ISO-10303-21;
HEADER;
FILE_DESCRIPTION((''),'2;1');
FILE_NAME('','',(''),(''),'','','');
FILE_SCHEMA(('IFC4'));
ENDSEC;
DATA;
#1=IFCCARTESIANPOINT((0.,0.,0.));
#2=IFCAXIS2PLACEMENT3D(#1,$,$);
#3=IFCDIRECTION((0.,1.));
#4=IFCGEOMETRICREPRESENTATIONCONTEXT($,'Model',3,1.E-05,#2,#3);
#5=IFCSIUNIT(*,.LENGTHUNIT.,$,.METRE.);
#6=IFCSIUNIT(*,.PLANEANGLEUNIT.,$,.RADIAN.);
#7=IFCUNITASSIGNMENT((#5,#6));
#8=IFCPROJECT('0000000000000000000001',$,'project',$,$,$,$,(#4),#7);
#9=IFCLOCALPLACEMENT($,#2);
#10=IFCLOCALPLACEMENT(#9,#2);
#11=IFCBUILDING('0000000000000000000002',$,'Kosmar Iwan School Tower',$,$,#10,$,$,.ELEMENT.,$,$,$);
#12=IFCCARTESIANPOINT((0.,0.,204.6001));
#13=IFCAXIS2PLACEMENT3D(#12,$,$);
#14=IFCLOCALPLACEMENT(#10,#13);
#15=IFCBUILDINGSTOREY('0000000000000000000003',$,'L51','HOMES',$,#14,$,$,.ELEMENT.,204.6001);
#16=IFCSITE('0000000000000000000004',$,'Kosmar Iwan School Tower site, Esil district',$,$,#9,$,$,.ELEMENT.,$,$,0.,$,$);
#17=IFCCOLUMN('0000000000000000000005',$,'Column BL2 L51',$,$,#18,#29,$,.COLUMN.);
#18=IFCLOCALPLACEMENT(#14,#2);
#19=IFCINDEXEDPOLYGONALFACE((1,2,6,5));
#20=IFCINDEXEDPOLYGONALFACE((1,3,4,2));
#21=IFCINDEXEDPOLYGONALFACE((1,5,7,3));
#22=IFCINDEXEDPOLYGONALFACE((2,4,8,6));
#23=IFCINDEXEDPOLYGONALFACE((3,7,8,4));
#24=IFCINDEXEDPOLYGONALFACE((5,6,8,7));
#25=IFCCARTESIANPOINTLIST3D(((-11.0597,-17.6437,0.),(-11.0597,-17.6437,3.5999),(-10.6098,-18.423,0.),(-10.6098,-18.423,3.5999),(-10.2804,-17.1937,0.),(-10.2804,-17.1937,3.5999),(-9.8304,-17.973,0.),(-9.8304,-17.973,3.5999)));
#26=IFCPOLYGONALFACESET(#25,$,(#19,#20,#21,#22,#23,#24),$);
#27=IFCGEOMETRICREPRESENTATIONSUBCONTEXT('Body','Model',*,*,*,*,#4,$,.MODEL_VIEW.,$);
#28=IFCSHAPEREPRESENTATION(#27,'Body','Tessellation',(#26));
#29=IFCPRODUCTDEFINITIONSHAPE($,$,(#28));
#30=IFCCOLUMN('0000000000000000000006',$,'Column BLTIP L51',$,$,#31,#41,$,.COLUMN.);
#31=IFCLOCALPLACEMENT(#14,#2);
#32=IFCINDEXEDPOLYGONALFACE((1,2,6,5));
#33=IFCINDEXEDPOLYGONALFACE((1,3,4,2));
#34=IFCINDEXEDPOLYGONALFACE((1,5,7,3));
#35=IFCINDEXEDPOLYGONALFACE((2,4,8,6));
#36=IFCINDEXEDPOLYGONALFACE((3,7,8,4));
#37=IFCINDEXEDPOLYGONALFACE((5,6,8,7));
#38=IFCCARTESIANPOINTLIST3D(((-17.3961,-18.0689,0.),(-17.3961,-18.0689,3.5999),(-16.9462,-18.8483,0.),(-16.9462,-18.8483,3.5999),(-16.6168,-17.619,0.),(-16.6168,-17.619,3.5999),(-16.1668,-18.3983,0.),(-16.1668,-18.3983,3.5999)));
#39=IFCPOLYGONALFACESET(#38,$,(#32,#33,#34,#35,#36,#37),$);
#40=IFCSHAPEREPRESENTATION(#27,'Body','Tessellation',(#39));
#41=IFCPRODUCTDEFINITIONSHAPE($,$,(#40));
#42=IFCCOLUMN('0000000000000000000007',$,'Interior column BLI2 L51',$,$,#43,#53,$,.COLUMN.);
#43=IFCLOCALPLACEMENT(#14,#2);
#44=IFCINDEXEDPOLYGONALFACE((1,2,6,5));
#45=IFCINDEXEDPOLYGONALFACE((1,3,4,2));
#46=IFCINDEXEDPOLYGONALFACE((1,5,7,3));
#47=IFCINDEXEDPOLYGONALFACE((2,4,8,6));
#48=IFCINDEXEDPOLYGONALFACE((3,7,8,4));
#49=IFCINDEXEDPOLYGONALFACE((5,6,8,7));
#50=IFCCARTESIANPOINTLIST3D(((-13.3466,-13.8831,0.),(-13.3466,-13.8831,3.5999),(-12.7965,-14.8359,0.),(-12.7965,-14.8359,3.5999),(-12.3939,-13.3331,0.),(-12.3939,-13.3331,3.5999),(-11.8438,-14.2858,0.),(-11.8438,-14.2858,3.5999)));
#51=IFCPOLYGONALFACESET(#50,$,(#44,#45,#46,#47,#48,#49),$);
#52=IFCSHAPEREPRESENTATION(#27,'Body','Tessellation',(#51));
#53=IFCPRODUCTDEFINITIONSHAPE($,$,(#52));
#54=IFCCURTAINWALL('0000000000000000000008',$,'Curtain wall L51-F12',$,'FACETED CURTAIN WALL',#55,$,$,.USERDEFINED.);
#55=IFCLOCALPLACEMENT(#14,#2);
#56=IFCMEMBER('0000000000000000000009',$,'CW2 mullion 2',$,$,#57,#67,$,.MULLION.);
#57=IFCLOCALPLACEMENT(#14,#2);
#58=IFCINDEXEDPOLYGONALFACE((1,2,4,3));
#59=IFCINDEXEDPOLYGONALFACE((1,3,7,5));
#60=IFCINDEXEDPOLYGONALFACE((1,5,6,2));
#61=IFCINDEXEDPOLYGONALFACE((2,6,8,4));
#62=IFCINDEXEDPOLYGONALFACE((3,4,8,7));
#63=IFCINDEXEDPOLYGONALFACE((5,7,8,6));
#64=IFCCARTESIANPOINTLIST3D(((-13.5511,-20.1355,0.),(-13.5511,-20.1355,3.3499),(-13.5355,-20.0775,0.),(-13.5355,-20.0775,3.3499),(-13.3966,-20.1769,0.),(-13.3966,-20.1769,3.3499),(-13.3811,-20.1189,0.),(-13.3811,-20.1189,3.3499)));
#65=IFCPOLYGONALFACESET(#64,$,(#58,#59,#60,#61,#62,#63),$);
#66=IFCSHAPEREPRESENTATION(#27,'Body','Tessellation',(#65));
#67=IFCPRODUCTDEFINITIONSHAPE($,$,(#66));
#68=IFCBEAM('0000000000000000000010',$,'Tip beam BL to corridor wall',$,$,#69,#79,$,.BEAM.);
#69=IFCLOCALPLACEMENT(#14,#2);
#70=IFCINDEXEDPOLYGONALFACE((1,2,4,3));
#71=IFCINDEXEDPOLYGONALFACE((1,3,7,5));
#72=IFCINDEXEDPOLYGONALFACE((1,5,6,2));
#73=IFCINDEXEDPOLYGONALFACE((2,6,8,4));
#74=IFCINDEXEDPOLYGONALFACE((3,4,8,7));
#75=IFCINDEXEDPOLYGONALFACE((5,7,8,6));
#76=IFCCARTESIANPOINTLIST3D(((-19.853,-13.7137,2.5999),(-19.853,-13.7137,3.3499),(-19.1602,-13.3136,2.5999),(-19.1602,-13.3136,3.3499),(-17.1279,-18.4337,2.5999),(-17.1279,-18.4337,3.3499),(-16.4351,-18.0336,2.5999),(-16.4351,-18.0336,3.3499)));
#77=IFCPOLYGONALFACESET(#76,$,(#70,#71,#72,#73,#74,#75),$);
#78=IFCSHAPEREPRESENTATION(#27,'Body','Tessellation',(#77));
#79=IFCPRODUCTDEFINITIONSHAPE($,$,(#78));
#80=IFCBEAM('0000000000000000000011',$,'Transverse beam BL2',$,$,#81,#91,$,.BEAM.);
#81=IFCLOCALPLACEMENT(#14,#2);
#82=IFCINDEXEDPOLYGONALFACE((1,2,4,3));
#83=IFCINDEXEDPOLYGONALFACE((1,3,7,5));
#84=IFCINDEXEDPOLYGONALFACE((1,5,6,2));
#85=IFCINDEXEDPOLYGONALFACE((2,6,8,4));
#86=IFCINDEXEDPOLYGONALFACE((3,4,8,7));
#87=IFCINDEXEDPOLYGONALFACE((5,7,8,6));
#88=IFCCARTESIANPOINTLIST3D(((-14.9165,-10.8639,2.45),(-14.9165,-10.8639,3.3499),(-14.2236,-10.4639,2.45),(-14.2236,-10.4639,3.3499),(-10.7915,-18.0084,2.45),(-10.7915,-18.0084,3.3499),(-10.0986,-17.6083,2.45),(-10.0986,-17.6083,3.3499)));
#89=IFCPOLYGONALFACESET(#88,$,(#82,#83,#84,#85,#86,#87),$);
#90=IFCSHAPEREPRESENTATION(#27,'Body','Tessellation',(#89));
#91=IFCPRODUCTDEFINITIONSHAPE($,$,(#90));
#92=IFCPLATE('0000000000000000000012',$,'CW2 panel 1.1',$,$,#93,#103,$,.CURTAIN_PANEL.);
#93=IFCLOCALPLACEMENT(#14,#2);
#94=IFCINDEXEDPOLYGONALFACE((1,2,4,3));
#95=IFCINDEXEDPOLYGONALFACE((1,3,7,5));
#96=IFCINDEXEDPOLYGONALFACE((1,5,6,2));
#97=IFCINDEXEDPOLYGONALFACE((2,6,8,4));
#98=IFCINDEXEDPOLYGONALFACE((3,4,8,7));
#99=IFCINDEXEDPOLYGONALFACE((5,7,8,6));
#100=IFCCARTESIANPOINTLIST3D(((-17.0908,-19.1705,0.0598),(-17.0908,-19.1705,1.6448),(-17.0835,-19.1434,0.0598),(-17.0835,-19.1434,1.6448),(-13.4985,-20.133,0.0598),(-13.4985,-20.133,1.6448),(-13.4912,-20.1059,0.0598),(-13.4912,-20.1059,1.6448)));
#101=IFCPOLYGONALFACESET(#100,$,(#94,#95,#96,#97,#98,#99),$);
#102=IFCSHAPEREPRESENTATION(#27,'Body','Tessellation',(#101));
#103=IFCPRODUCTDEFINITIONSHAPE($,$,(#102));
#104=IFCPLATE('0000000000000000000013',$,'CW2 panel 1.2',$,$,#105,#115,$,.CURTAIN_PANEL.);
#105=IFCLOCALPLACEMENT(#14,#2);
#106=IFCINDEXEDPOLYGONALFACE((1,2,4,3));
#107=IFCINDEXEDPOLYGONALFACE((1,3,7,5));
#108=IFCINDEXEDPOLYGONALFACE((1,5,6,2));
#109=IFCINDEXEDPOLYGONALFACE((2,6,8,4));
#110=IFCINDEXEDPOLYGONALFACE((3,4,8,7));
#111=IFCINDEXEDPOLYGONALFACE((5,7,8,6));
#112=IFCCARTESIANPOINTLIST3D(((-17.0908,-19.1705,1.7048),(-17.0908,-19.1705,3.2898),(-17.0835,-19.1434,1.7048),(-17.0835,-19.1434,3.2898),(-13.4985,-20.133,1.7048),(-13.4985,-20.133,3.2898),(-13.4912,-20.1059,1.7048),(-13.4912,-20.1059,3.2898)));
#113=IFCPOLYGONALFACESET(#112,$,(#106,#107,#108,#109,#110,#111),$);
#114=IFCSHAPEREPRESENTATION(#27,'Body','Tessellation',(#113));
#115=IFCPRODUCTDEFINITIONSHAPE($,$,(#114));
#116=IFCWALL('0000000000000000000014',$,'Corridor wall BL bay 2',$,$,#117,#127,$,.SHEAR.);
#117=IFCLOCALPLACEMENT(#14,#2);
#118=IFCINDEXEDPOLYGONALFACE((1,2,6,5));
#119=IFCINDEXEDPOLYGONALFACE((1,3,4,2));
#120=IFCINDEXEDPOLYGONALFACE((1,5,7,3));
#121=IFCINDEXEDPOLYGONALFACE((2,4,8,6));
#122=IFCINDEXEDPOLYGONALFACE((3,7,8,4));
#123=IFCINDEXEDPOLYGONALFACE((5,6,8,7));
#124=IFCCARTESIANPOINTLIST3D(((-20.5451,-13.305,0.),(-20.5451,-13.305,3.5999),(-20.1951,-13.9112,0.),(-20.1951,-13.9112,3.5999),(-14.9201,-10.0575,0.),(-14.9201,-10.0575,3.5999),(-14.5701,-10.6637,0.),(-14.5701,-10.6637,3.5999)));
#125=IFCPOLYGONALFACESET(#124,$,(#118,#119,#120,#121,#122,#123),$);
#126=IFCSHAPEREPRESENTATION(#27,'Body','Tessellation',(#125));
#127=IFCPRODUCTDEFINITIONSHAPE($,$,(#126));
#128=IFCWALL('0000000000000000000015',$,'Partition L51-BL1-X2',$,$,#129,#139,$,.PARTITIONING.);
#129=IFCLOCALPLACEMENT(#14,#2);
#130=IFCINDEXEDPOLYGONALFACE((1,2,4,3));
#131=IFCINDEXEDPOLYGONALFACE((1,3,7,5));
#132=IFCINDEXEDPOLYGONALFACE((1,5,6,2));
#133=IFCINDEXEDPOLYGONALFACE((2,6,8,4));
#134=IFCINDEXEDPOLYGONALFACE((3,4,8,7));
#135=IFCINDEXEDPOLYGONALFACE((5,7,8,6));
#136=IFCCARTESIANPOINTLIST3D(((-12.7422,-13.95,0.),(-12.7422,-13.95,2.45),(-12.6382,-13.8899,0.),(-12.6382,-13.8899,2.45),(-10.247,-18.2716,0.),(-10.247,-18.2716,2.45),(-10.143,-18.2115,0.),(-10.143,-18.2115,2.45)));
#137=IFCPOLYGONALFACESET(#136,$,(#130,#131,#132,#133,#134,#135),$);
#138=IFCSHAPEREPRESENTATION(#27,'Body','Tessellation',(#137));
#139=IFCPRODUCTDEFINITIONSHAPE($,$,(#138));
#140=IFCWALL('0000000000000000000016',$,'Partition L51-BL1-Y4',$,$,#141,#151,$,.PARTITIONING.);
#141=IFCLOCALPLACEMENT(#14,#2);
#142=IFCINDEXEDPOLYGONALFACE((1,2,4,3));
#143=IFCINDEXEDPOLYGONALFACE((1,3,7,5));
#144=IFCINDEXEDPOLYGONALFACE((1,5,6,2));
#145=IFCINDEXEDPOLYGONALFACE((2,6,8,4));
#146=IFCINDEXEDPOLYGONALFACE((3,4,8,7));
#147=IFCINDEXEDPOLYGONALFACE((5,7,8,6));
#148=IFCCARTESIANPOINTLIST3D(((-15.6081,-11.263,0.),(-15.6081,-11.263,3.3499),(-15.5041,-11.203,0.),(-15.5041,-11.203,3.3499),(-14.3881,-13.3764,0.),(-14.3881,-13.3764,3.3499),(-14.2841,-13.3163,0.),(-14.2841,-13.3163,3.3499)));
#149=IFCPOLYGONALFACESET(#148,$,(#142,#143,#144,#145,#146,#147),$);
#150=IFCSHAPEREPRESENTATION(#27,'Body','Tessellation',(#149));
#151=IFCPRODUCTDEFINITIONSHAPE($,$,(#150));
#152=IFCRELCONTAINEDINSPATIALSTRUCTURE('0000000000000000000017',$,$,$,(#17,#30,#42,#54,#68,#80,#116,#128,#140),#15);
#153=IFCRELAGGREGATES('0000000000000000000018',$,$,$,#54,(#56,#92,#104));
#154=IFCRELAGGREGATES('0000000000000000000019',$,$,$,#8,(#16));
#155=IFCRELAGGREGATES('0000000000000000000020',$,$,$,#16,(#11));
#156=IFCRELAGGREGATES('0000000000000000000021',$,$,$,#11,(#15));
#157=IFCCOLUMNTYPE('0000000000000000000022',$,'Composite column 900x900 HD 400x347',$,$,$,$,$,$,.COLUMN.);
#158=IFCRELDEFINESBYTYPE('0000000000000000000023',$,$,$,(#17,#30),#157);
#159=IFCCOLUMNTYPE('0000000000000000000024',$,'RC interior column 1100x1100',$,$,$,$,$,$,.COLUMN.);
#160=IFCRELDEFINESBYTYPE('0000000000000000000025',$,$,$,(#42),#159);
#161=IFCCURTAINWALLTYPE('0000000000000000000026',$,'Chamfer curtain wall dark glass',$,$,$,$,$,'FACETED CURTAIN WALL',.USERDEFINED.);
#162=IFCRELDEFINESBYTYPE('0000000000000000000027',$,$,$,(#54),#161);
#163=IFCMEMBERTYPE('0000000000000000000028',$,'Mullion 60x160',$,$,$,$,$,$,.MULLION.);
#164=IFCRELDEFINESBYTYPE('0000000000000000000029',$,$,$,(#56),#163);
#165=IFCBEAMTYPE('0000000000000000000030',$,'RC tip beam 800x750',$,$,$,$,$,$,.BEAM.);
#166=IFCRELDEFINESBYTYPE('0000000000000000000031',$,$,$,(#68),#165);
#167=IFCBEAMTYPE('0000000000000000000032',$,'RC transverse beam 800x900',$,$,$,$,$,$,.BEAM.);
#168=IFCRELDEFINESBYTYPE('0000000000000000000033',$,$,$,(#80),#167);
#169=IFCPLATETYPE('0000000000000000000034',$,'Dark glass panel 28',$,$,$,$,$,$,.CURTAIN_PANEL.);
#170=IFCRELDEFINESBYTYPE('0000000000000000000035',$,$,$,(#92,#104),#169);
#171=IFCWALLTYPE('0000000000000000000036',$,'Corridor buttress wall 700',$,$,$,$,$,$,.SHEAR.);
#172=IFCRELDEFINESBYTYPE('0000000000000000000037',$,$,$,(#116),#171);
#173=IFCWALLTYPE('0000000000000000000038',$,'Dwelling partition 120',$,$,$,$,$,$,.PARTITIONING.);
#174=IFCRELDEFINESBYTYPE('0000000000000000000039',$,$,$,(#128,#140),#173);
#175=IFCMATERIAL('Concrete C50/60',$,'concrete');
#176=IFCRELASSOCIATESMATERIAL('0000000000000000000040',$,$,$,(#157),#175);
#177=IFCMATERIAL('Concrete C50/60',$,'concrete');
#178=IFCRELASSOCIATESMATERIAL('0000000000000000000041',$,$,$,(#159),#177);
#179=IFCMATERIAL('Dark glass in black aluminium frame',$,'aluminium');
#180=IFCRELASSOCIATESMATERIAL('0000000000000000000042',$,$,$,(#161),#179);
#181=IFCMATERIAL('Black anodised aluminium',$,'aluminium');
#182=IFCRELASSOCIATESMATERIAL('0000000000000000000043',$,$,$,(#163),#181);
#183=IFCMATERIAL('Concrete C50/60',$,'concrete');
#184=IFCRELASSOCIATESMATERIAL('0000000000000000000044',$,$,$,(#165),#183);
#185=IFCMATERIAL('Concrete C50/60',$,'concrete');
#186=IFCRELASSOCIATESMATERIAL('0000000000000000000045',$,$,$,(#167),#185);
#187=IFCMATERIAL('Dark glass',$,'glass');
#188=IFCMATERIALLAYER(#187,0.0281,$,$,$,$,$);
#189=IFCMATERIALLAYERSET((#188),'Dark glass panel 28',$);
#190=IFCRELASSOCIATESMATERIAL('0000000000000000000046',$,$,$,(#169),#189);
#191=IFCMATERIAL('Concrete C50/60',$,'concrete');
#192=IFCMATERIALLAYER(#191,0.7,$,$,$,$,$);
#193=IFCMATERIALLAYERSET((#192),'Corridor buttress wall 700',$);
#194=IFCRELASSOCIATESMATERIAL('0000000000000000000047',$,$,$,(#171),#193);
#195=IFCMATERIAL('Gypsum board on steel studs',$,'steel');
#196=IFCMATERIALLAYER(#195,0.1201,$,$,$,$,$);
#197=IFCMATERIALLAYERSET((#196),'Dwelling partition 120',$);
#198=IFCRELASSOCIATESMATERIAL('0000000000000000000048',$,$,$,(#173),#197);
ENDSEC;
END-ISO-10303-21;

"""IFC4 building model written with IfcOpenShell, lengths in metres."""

from ifc_helpers import new_model, si_unit, direction, frame, frame_2d, origin, origin_2d, place, context, subcontext, project, spatial, rectangle, extrude, material, layer, layer_set, material_profile, profile_set, type_object, element, aggregate, save


model = new_model("IFC4")

# Units and contexts
model_context = context("Model", 3, precision=1e-05, world=origin(), true_north=direction((0.0, 1.0)))
body_context = subcontext(model_context, "Body", "Model", "MODEL_VIEW")
ifc_project = project(units=[si_unit("LENGTHUNIT", "METRE"), si_unit("PLANEANGLEUNIT", "RADIAN")], contexts=[model_context])

# Site, building, storey
site_placement = place(None, origin())
site = spatial("IfcSite", under=ifc_project, at=site_placement, Name="Kosmar Iwan School Tower site, Esil district", CompositionType="ELEMENT", RefElevation=0.0)
building_placement = place(site_placement, origin())
building = spatial("IfcBuilding", under=site, at=building_placement, Name="Kosmar Iwan School Tower", CompositionType="ELEMENT")
storey_placement = place(building_placement, frame((0.0, 0.0, 204.6001)))
storey = spatial("IfcBuildingStorey", under=building, at=storey_placement, Name="L51", Description="HOMES", CompositionType="ELEMENT", Elevation=204.6001)

# Columns
ifc_material_1 = material(Name="Concrete C50/60", Category="concrete")
ifc_material_profile_1 = material_profile(ifc_material_1, rectangle(XDim=0.8999, YDim=0.8999, at=origin_2d()), Name="RC 900x900 + HD 400x347")
ifc_profile_set_1 = profile_set([ifc_material_profile_1], Name="Concrete C50/60")
column_type_1 = type_object("IfcColumnType", Name="Composite column 900x900 HD 400x347", PredefinedType="COLUMN", material=ifc_profile_set_1)
for number, where, z_axis, x_axis, name in (
    (1, (-10.4451, -17.8083, 0.0), (0.0, 0.0, 1.0), (-0.866025, -0.5, 0.0), "Column BL2 L51"),
    (2, (-16.7815, -18.2336, 0.0), (0.0, 0.0, 1.0), (-0.866025, -0.5, 0.0), "Column BLTIP L51"),
):
    element("IfcColumn", number, at=place(storey_placement, frame(where, z_axis=z_axis, x_axis=x_axis)), inside=storey, type_object=column_type_1, Name=name, PredefinedType="COLUMN", context=body_context, shape_type="SweptSolid", body=[
        extrude(rectangle(XDim=0.8999, YDim=0.8999, at=origin_2d()), origin(), (0.0, 0.0, 1.0), 3.5999),
    ])
ifc_material_2 = material(Name="Concrete C50/60", Category="concrete")
ifc_material_profile_2 = material_profile(ifc_material_2, rectangle(XDim=1.1001, YDim=1.1001, at=origin_2d()), Name="RC 1100x1100")
ifc_profile_set_2 = profile_set([ifc_material_profile_2], Name="Concrete C50/60")
column_type_2 = type_object("IfcColumnType", Name="RC interior column 1100x1100", PredefinedType="COLUMN", material=ifc_profile_set_2)
column_placement = place(storey_placement, frame((-12.5952, -14.0845, 0.0), z_axis=(0.0, 0.0, 1.0), x_axis=(-0.866025, -0.5, 0.0)))
element("IfcColumn", 3, at=column_placement, inside=storey, type_object=column_type_2, Name="Interior column BLI2 L51", PredefinedType="COLUMN", context=body_context, shape_type="SweptSolid", body=[
    extrude(rectangle(XDim=1.1001, YDim=1.1001, at=origin_2d()), origin(), (0.0, 0.0, 1.0), 3.5999),
])

# Curtain wall, member
ifc_material_3 = material(Name="Dark glass in black aluminium frame", Category="aluminium")
curtain_wall_type = type_object("IfcCurtainWallType", Name="Chamfer curtain wall dark glass", ElementType="FACETED CURTAIN WALL", PredefinedType="USERDEFINED", material=ifc_material_3)
curtain_wall_placement = place(storey_placement, origin())
curtain_wall = element("IfcCurtainWall", 4, at=curtain_wall_placement, inside=storey, type_object=curtain_wall_type, Name="Curtain wall L51-F12", ObjectType="FACETED CURTAIN WALL", PredefinedType="USERDEFINED")
ifc_material_4 = material(Name="Black anodised aluminium", Category="aluminium")
ifc_material_profile_3 = material_profile(ifc_material_4, rectangle(XDim=0.0601, YDim=0.1599, at=origin_2d()), Name="MULLION 60x160")
ifc_profile_set_3 = profile_set([ifc_material_profile_3], Name="Black anodised aluminium")
member_type = type_object("IfcMemberType", Name="Mullion 60x160", PredefinedType="MULLION", material=ifc_profile_set_3)
member_placement = place(storey_placement, frame((-13.4661, -20.1272, 0.0), z_axis=(0.0, 0.0, 1.0), x_axis=(0.258819, 0.965926, 0.0)))
member = element("IfcMember", 5, at=member_placement, type_object=member_type, Name="CW2 mullion 2", PredefinedType="MULLION", context=body_context, shape_type="SweptSolid", body=[
    extrude(rectangle(XDim=0.0601, YDim=0.1599, at=origin_2d()), origin(), (0.0, 0.0, 1.0), 3.3499),
])

# Beams
ifc_material_5 = material(Name="Concrete C50/60", Category="concrete")
ifc_material_profile_4 = material_profile(ifc_material_5, rectangle(XDim=0.8, YDim=0.75, at=origin_2d()), Name="RC 800x750")
ifc_profile_set_4 = profile_set([ifc_material_profile_4], Name="Concrete C50/60")
beam_type_1 = type_object("IfcBeamType", Name="RC tip beam 800x750", PredefinedType="BEAM", material=ifc_profile_set_4)
beam_1_placement = place(storey_placement, frame((-16.7815, -18.2336, 2.9749), z_axis=(-0.500003, 0.866024, 0.0), x_axis=(-0.866024, -0.500003, 0.0)))
element("IfcBeam", 6, at=beam_1_placement, inside=storey, type_object=beam_type_1, Name="Tip beam BL to corridor wall", PredefinedType="BEAM", context=body_context, shape_type="SweptSolid", body=[
    extrude(rectangle(XDim=0.8, YDim=0.75, at=origin_2d()), origin(), (0.0, 0.0, 1.0), 5.4502),
])
ifc_material_6 = material(Name="Concrete C50/60", Category="concrete")
ifc_material_profile_5 = material_profile(ifc_material_6, rectangle(XDim=0.8, YDim=0.8999, at=origin_2d()), Name="RC 800x900")
ifc_profile_set_5 = profile_set([ifc_material_profile_5], Name="Concrete C50/60")
beam_type_2 = type_object("IfcBeamType", Name="RC transverse beam 800x900", PredefinedType="BEAM", material=ifc_profile_set_5)
beam_2_placement = place(storey_placement, frame((-10.4451, -17.8083, 2.8999), z_axis=(-0.500009, 0.86602, 0.0), x_axis=(-0.86602, -0.500009, 0.0)))
element("IfcBeam", 7, at=beam_2_placement, inside=storey, type_object=beam_type_2, Name="Transverse beam BL2", PredefinedType="BEAM", context=body_context, shape_type="SweptSolid", body=[
    extrude(rectangle(XDim=0.8, YDim=0.8999, at=origin_2d()), origin(), (0.0, 0.0, 1.0), 8.2498),
])

# Plates
ifc_material_7 = material(Name="Dark glass", Category="glass")
ifc_layer_1 = layer(ifc_material_7, 0.0281)
ifc_layer_set_1 = layer_set([ifc_layer_1], Name="Dark glass panel 28")
plate_type = type_object("IfcPlateType", Name="Dark glass panel 28", PredefinedType="CURTAIN_PANEL", material=ifc_layer_set_1)
plate_1_placement = place(storey_placement, frame((-15.291, -19.6382, 0.0598), z_axis=(0.0, 0.0, 1.0), x_axis=(0.965926, -0.258819, 0.0)))
plate_1 = element("IfcPlate", 8, at=plate_1_placement, type_object=plate_type, Name="CW2 panel 1.1", PredefinedType="CURTAIN_PANEL", context=body_context, shape_type="SweptSolid", body=[
    extrude(rectangle(XDim=3.719, YDim=0.0281, at=origin_2d()), origin(), (0.0, 0.0, 1.0), 1.585),
])
plate_2_placement = place(storey_placement, frame((-15.291, -19.6382, 1.7048), z_axis=(0.0, 0.0, 1.0), x_axis=(0.965926, -0.258819, 0.0)))
plate_2 = element("IfcPlate", 9, at=plate_2_placement, type_object=plate_type, Name="CW2 panel 1.2", PredefinedType="CURTAIN_PANEL", context=body_context, shape_type="SweptSolid", body=[
    extrude(rectangle(XDim=3.719, YDim=0.0281, at=origin_2d()), origin(), (0.0, 0.0, 1.0), 1.585),
])
aggregate(curtain_wall, [member, plate_1, plate_2])

# Walls
ifc_material_8 = material(Name="Concrete C50/60", Category="concrete")
ifc_layer_2 = layer(ifc_material_8, 0.7)
ifc_layer_set_2 = layer_set([ifc_layer_2], Name="Corridor buttress wall 700")
wall_type_1 = type_object("IfcWallType", Name="Corridor buttress wall 700", PredefinedType="SHEAR", material=ifc_layer_set_2)
wall_1_placement = place(storey_placement, frame((-14.7451, -10.3606, 0.0), z_axis=(0.0, 0.0, 1.0), x_axis=(-0.866028, -0.499996, 0.0)))
element("IfcWall", 10, at=wall_1_placement, inside=storey, type_object=wall_type_1, Name="Corridor wall BL bay 2", PredefinedType="SHEAR", context=body_context, shape_type="SweptSolid", body=[
    extrude(rectangle(XDim=6.4951, YDim=0.7, at=frame_2d((3.2476, 0.0))), origin(), (0.0, 0.0, 1.0), 3.5999),
])
ifc_material_9 = material(Name="Gypsum board on steel studs", Category="steel")
ifc_layer_3 = layer(ifc_material_9, 0.1201)
ifc_layer_set_3 = layer_set([ifc_layer_3], Name="Dwelling partition 120")
wall_type_2 = type_object("IfcWallType", Name="Dwelling partition 120", PredefinedType="PARTITIONING", material=ifc_layer_set_3)
wall_2_placement = place(storey_placement, frame((-12.6902, -13.9199, 0.0), z_axis=(0.0, 0.0, 1.0), x_axis=(0.500012, -0.866019, 0.0)))
element("IfcWall", 11, at=wall_2_placement, inside=storey, type_object=wall_type_2, Name="Partition L51-BL1-X2", PredefinedType="PARTITIONING", context=body_context, shape_type="SweptSolid", body=[
    extrude(rectangle(XDim=4.9902, YDim=0.1201, at=frame_2d((2.4951, 0.0))), origin(), (0.0, 0.0, 1.0), 2.45),
])
wall_3_placement = place(storey_placement, frame((-15.5562, -11.2329, 0.0), z_axis=(0.0, 0.0, 1.0), x_axis=(0.499959, -0.866049, 0.0)))
element("IfcWall", 12, at=wall_3_placement, inside=storey, type_object=wall_type_2, Name="Partition L51-BL1-Y4", PredefinedType="PARTITIONING", context=body_context, shape_type="SweptSolid", body=[
    extrude(rectangle(XDim=2.4402, YDim=0.1201, at=frame_2d((1.2202, 0.0))), origin(), (0.0, 0.0, 1.0), 3.3499),
])

save(model, "model.ifc")
